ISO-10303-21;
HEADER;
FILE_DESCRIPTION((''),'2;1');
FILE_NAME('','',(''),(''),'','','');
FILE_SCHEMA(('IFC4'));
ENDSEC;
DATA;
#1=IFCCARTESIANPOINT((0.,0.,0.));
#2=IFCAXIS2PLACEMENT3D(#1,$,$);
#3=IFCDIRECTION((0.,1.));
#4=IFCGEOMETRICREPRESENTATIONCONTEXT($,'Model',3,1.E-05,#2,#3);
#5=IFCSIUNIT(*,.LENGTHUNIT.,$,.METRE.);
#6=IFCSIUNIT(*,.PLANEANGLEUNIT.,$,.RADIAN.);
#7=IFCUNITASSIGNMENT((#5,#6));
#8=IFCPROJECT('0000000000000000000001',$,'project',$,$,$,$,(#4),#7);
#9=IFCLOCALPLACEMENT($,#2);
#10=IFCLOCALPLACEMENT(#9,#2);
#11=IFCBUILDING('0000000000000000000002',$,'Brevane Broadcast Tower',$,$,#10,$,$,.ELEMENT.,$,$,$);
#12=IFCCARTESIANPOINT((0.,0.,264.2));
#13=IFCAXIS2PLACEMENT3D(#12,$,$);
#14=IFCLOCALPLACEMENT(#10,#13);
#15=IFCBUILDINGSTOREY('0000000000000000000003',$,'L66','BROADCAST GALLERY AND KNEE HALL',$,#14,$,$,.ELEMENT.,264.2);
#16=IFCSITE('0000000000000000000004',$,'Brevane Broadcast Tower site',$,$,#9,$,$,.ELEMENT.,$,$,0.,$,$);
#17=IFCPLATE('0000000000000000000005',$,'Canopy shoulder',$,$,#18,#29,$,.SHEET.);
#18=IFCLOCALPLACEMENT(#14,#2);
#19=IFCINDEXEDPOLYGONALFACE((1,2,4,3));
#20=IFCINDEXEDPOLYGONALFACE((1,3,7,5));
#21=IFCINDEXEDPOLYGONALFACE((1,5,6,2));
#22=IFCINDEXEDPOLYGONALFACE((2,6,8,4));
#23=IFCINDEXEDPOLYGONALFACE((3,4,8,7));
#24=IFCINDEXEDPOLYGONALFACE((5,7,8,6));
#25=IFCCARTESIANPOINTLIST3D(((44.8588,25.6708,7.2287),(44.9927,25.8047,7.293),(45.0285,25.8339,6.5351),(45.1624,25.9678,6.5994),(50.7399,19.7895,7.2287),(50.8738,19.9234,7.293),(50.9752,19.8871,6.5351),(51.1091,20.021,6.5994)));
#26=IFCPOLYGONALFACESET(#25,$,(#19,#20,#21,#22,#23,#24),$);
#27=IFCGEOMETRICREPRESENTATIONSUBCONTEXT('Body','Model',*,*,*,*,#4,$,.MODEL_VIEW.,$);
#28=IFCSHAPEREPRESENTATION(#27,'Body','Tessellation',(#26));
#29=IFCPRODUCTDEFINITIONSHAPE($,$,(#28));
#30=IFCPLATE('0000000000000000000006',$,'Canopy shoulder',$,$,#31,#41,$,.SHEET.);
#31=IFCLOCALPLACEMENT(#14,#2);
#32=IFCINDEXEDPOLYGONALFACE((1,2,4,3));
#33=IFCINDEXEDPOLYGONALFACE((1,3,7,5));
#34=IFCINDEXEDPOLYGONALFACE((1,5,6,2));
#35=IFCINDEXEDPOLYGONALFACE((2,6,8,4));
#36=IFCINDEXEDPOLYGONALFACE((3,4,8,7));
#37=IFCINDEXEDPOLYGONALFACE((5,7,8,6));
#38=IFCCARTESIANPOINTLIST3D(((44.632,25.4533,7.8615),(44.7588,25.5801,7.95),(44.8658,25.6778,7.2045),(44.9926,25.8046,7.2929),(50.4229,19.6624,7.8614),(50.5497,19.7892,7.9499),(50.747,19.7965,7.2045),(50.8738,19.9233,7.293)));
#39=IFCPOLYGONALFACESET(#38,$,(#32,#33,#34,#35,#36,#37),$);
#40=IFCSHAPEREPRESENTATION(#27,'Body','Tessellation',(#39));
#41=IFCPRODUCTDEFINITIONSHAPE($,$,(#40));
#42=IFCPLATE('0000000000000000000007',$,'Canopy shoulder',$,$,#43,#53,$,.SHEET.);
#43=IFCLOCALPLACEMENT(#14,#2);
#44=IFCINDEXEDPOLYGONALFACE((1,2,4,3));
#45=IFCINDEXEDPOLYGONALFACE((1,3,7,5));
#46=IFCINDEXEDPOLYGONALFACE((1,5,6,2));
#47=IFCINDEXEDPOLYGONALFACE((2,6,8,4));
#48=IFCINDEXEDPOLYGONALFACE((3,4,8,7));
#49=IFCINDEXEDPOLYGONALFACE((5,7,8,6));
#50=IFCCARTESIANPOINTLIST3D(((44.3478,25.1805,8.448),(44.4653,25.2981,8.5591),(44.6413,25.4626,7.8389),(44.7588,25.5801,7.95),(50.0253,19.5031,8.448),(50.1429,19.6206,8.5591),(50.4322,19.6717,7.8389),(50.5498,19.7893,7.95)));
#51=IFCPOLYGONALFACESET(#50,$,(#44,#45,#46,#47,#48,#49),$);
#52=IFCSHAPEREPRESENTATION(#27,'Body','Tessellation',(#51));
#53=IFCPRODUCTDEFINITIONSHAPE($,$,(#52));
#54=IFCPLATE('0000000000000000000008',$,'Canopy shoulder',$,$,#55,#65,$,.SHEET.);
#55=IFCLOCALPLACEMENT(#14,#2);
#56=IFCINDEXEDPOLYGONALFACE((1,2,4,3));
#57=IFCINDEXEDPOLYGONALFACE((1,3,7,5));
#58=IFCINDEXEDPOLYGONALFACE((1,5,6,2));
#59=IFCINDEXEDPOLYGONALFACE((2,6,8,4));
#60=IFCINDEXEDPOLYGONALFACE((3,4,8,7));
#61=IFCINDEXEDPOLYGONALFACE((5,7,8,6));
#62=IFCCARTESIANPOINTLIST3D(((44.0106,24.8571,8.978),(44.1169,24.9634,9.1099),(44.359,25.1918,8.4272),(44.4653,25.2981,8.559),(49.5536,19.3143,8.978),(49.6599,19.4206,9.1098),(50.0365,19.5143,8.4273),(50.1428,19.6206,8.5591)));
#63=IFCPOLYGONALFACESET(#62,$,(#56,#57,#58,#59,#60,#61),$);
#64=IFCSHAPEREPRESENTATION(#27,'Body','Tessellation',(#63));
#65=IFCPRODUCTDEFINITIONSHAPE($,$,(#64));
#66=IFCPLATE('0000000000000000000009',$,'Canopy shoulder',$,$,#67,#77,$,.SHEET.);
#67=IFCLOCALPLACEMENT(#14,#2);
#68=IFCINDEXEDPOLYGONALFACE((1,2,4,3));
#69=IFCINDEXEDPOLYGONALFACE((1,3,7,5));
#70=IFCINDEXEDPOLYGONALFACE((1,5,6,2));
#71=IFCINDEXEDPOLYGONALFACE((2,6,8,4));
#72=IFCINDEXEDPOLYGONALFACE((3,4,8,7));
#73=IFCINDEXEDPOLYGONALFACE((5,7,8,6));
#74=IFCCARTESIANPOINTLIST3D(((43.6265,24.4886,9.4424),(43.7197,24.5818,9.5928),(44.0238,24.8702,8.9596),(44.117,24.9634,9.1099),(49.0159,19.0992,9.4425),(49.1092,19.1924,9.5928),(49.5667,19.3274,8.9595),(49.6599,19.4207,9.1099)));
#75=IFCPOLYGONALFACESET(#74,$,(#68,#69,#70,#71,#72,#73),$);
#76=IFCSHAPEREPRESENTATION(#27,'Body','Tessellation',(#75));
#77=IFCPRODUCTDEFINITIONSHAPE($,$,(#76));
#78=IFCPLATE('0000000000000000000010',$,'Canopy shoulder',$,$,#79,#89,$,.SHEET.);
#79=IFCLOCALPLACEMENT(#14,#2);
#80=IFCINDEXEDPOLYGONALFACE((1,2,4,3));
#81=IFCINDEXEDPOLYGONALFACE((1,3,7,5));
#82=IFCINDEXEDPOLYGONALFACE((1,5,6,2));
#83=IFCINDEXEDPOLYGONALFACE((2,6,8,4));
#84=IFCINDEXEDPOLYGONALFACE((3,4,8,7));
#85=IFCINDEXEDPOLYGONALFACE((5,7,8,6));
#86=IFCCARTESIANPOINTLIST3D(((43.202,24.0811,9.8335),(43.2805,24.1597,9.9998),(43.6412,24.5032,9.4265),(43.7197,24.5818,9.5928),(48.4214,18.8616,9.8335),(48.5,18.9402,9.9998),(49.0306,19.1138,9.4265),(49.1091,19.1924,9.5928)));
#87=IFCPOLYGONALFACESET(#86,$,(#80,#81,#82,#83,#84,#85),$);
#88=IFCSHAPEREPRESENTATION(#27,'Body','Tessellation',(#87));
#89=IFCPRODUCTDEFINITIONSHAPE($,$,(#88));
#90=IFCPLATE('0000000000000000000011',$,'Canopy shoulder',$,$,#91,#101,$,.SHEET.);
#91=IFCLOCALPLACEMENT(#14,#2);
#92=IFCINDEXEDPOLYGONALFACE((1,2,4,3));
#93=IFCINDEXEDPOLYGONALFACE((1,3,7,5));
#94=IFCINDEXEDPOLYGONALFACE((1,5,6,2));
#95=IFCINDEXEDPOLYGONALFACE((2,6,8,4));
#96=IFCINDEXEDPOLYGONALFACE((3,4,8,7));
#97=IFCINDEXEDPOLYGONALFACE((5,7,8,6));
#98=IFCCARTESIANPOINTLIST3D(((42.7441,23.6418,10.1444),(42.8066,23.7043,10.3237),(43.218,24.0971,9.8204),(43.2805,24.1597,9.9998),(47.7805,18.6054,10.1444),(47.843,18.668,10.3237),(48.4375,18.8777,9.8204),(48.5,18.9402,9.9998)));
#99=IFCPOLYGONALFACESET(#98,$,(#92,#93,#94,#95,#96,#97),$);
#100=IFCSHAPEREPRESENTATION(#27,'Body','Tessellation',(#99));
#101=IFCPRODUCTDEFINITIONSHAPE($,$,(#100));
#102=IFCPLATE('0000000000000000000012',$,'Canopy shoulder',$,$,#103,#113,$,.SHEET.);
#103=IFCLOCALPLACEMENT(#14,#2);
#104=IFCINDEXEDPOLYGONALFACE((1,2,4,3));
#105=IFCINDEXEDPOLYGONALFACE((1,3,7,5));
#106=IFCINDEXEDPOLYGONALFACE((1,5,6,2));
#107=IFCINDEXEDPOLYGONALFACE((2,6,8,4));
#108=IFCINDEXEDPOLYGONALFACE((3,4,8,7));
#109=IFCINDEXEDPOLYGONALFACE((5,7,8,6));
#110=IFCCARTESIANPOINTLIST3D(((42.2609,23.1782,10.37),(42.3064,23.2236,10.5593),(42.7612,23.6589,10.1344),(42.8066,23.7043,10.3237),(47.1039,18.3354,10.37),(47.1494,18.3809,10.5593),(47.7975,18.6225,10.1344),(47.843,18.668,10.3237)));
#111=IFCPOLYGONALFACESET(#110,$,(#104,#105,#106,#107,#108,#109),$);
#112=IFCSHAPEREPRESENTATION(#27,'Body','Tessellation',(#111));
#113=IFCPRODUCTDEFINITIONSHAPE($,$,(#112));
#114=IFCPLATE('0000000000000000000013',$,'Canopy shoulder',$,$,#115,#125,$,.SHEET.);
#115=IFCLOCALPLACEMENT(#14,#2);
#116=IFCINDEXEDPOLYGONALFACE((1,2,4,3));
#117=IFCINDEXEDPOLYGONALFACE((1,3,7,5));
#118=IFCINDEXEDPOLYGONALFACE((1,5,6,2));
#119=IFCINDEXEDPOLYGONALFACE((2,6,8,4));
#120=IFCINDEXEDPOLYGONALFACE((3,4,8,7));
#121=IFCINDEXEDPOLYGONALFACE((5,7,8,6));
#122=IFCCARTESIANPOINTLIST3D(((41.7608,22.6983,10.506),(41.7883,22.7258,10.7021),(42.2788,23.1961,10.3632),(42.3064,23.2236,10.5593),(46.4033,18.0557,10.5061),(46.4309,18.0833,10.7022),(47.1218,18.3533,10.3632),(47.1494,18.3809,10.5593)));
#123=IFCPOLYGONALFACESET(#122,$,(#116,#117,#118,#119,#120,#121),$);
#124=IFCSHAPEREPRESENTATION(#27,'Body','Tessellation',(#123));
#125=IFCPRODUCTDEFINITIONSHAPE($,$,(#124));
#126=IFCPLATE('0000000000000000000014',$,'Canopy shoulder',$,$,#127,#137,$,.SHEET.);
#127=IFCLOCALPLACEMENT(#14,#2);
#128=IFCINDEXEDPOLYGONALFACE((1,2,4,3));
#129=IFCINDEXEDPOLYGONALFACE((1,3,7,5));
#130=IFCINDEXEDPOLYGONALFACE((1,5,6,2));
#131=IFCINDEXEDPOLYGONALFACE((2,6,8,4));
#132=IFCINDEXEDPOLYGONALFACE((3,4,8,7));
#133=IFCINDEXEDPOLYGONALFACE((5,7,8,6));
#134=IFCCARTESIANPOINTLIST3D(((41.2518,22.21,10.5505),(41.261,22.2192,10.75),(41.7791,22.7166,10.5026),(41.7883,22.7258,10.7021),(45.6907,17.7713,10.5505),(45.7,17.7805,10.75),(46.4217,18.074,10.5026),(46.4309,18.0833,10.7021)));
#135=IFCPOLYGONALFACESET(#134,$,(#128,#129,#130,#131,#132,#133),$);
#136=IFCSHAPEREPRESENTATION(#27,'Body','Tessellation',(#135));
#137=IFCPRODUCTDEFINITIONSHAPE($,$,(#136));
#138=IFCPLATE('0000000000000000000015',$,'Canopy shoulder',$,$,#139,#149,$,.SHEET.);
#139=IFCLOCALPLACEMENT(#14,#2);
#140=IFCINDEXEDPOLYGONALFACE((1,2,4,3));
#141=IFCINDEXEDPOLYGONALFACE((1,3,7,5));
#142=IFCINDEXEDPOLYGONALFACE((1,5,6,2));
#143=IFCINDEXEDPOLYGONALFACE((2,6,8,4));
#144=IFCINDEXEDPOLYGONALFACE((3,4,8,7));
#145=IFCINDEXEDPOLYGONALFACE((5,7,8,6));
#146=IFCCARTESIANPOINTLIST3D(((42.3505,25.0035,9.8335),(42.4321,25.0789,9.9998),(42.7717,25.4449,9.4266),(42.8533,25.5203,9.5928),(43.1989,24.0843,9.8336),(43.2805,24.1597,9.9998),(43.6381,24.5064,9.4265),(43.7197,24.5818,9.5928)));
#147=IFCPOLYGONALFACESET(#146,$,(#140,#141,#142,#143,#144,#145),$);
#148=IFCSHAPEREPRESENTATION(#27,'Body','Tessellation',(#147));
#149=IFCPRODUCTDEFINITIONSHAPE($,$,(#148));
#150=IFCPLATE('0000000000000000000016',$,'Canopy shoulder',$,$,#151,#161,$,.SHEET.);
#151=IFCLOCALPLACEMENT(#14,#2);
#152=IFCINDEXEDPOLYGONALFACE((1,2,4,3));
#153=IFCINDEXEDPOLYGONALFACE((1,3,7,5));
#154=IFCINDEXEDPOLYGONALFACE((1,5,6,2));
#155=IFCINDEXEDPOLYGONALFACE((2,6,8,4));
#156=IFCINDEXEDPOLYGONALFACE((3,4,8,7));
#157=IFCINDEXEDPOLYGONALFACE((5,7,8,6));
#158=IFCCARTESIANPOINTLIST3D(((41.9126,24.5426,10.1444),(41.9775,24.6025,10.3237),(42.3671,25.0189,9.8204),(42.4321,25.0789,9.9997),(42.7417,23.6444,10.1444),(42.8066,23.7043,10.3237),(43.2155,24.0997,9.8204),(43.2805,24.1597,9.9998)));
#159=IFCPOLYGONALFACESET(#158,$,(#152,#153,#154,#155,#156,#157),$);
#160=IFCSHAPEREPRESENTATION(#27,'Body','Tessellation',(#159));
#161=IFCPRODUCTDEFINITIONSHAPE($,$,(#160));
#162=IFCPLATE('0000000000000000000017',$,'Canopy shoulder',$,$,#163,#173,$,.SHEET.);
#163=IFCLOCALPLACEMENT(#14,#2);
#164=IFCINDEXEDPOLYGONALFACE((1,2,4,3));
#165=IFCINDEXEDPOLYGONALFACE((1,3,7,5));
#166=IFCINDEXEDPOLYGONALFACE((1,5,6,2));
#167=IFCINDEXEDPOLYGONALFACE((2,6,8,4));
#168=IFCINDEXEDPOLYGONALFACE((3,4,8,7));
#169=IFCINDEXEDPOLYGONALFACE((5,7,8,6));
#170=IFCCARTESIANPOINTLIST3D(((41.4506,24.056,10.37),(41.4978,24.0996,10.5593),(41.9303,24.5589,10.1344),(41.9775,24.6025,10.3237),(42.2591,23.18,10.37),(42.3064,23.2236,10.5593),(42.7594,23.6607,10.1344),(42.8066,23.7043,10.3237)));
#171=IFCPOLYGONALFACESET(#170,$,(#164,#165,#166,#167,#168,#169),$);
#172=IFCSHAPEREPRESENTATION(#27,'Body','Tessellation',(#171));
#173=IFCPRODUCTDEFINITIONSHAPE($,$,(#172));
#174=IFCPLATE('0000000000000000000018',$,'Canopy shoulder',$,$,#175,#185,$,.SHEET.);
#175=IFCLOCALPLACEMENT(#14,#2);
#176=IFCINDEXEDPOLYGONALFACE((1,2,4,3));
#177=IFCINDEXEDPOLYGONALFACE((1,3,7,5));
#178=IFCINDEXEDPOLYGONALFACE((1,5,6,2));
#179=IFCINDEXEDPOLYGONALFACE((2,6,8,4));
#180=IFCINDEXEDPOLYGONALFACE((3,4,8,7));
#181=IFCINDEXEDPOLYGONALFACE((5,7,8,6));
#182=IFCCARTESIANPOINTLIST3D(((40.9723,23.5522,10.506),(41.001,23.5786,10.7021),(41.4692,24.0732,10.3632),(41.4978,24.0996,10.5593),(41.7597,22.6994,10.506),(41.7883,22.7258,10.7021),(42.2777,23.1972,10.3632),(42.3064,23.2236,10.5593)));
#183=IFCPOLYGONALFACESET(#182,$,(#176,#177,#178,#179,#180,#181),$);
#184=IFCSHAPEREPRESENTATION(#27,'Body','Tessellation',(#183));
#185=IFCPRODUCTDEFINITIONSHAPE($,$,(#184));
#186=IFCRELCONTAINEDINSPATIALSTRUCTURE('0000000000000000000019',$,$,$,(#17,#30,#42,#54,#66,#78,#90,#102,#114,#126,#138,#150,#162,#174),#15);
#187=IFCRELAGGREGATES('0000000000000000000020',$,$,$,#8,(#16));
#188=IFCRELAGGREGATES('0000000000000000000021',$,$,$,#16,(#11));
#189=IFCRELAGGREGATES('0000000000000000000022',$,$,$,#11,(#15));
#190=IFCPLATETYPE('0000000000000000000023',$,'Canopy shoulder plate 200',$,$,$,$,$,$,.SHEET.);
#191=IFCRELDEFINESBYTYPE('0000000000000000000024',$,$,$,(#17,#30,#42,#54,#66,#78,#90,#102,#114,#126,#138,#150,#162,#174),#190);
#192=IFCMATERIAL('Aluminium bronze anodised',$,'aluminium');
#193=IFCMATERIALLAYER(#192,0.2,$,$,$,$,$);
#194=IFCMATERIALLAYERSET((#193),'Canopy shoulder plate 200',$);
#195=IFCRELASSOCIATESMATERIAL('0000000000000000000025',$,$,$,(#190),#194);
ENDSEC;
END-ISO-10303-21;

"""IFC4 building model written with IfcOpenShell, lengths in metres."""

from ifc_helpers import new_model, si_unit, direction, frame, origin, place, context, subcontext, project, spatial, polyline, outline, extrude, material, layer, layer_set, type_object, element, save


model = new_model("IFC4")

# Units and contexts
model_context = context("Model", 3, precision=1e-05, world=origin(), true_north=direction((0.0, 1.0)))
body_context = subcontext(model_context, "Body", "Model", "MODEL_VIEW")
ifc_project = project(units=[si_unit("LENGTHUNIT", "METRE"), si_unit("PLANEANGLEUNIT", "RADIAN")], contexts=[model_context])

# Site, building, storey
site_placement = place(None, origin())
site = spatial("IfcSite", under=ifc_project, at=site_placement, Name="Brevane Broadcast Tower site", CompositionType="ELEMENT", RefElevation=0.0)
building_placement = place(site_placement, origin())
building = spatial("IfcBuilding", under=site, at=building_placement, Name="Brevane Broadcast Tower", CompositionType="ELEMENT")
storey_placement = place(building_placement, frame((0.0, 0.0, 264.2)))
storey = spatial("IfcBuildingStorey", under=building, at=storey_placement, Name="L66", Description="BROADCAST GALLERY AND KNEE HALL", CompositionType="ELEMENT", Elevation=264.2)

# Plates
ifc_material_1 = material(Name="Aluminium bronze anodised", Category="aluminium")
ifc_layer_1 = layer(ifc_material_1, 0.2)
ifc_layer_set_1 = layer_set([ifc_layer_1], Name="Canopy shoulder plate 200")
plate_type_1 = type_object("IfcPlateType", Name="Canopy shoulder plate 200", PredefinedType="SHEET", material=ifc_layer_set_1)
plate_1_placement = place(storey_placement, frame((51.1091, 20.021, 6.5994), z_axis=(0.669605, 0.669592, 0.321366), x_axis=(-0.7071, 0.707113, 0.000003)))
element("IfcPlate", 1, at=plate_1_placement, inside=storey, type_object=plate_type_1, Name="Canopy shoulder", PredefinedType="SHEET", context=body_context, shape_type="SweptSolid", body=[
    extrude(outline(polyline([(0.0, 0.0), (8.41, 0.0), (8.4147, 0.7324), (0.0974, 0.7325), (0.0, 0.0)])), origin(), (0.0, 0.0, -1.0), 0.2),
])
plate_2_placement = place(storey_placement, frame((50.8738, 19.9233, 7.293), z_axis=(0.634167, 0.634167, 0.442338), x_axis=(-0.707104, 0.70711, -0.000008)))
element("IfcPlate", 2, at=plate_2_placement, inside=storey, type_object=plate_type_1, Name="Canopy shoulder", PredefinedType="SHEET", context=body_context, shape_type="SweptSolid", body=[
    extrude(outline(polyline([(0.0, 0.0), (8.3173, 0.0), (8.3239, 0.7326), (0.1343, 0.7325), (0.0, 0.0)])), origin(), (0.0, 0.0, -1.0), 0.2),
])
plate_3_placement = place(storey_placement, frame((50.5498, 19.7893, 7.95), z_axis=(0.587943, 0.587956, 0.555546), x_axis=(-0.707117, 0.707097, 0.000005)))
element("IfcPlate", 3, at=plate_3_placement, inside=storey, type_object=plate_type_1, Name="Canopy shoulder", PredefinedType="SHEET", context=body_context, shape_type="SweptSolid", body=[
    extrude(outline(polyline([(0.0, 0.0), (8.1896, 0.0), (8.1977, 0.7325), (0.1685, 0.7326), (0.0, 0.0)])), origin(), (0.0, 0.0, -1.0), 0.2),
])
plate_4_placement = place(storey_placement, frame((50.1428, 19.6206, 8.5591), z_axis=(0.531664, 0.531676, 0.659283), x_axis=(-0.707111, 0.707102, -0.000005)))
element("IfcPlate", 4, at=plate_4_placement, inside=storey, type_object=plate_type_1, Name="Canopy shoulder", PredefinedType="SHEET", context=body_context, shape_type="SweptSolid", body=[
    extrude(outline(polyline([(0.0, 0.0), (8.0292, 0.0), (8.0389, 0.7326), (0.2001, 0.7325), (0.0, 0.0)])), origin(), (0.0, 0.0, -1.0), 0.2),
])
plate_5_placement = place(storey_placement, frame((49.6599, 19.4207, 9.1099), z_axis=(0.466159, 0.46617, 0.751918), x_axis=(-0.707119, 0.707095, 0.000005)))
element("IfcPlate", 5, at=plate_5_placement, inside=storey, type_object=plate_type_1, Name="Canopy shoulder", PredefinedType="SHEET", context=body_context, shape_type="SweptSolid", body=[
    extrude(outline(polyline([(0.0, 0.0), (7.8388, 0.0), (7.8498, 0.7324), (0.2281, 0.7326), (0.0, 0.0)])), origin(), (0.0, 0.0, -1.0), 0.2),
])
plate_6_placement = place(storey_placement, frame((49.1091, 19.1924, 9.5928), z_axis=(0.392866, 0.392866, 0.831452), x_axis=(-0.707107, 0.707107, 0.0)))
element("IfcPlate", 6, at=plate_6_placement, inside=storey, type_object=plate_type_1, Name="Canopy shoulder", PredefinedType="SHEET", context=body_context, shape_type="SweptSolid", body=[
    extrude(outline(polyline([(0.0, 0.0), (7.6218, 0.0), (7.6339, 0.7325), (0.2524, 0.7325), (0.0, 0.0)])), origin(), (0.0, 0.0, -1.0), 0.2),
])
plate_7_placement = place(storey_placement, frame((48.5, 18.9402, 9.9998), z_axis=(0.312712, 0.312712, 0.896896), x_axis=(-0.707107, 0.707107, 0.0)))
element("IfcPlate", 7, at=plate_7_placement, inside=storey, type_object=plate_type_1, Name="Canopy shoulder", PredefinedType="SHEET", context=body_context, shape_type="SweptSolid", body=[
    extrude(outline(polyline([(0.0, 0.0), (7.3815, 0.0), (7.3946, 0.7326), (0.2721, 0.7326), (0.0, 0.0)])), origin(), (0.0, 0.0, -1.0), 0.2),
])
plate_8_placement = place(storey_placement, frame((47.843, 18.668, 10.3237), z_axis=(0.227433, 0.227439, 0.946861), x_axis=(-0.707108, 0.707106, -0.000004)))
element("IfcPlate", 8, at=plate_8_placement, inside=storey, type_object=plate_type_1, Name="Canopy shoulder", PredefinedType="SHEET", context=body_context, shape_type="SweptSolid", body=[
    extrude(outline(polyline([(0.0, 0.0), (7.1225, 0.0), (7.1363, 0.7326), (0.2874, 0.7324), (0.0, 0.0)])), origin(), (0.0, 0.0, -1.0), 0.2),
])
plate_9_placement = place(storey_placement, frame((47.1494, 18.3809, 10.5593), z_axis=(0.137875, 0.137878, 0.980806), x_axis=(-0.707124, 0.707089, 0.000002)))
element("IfcPlate", 9, at=plate_9_placement, inside=storey, type_object=plate_type_1, Name="Canopy shoulder", PredefinedType="SHEET", context=body_context, shape_type="SweptSolid", body=[
    extrude(outline(polyline([(0.0, 0.0), (6.8489, 0.0), (6.8632, 0.7324), (0.2976, 0.7326), (0.0, 0.0)])), origin(), (0.0, 0.0, -1.0), 0.2),
])
plate_10_placement = place(storey_placement, frame((46.4309, 18.0833, 10.7021), z_axis=(0.046187, 0.046188, 0.997864), x_axis=(-0.707107, 0.707107, -0.000001)))
element("IfcPlate", 10, at=plate_10_placement, inside=storey, type_object=plate_type_1, Name="Canopy shoulder", PredefinedType="SHEET", context=body_context, shape_type="SweptSolid", body=[
    extrude(outline(polyline([(0.0, 0.0), (6.5656, 0.0), (6.5803, 0.7327), (0.3028, 0.7325), (0.0, 0.0)])), origin(), (0.0, 0.0, -1.0), 0.2),
])
plate_11_placement = place(storey_placement, frame((43.7197, 24.5818, 9.5928), z_axis=(0.408292, 0.376901, 0.83141), x_axis=(-0.678334, 0.734753, 0.000035)))
element("IfcPlate", 11, at=plate_11_placement, inside=storey, type_object=plate_type_1, Name="Canopy shoulder", PredefinedType="SHEET", context=body_context, shape_type="SweptSolid", body=[
    extrude(outline(polyline([(0.0, 0.0), (1.2773, 0.0), (1.2387, 0.7324), (-0.0122, 0.7325), (0.0, 0.0)])), origin(), (0.0, 0.0, -1.0), 0.2),
])
plate_12_placement = place(storey_placement, frame((43.2805, 24.1597, 9.9998), z_axis=(0.324956, 0.299942, 0.896905), x_axis=(-0.678243, 0.734837, -0.000011)))
element("IfcPlate", 12, at=plate_12_placement, inside=storey, type_object=plate_type_1, Name="Canopy shoulder", PredefinedType="SHEET", context=body_context, shape_type="SweptSolid", body=[
    extrude(outline(polyline([(0.0, 0.0), (1.2509, 0.0), (1.2092, 0.7326), (-0.0132, 0.7326), (0.0, 0.0)])), origin(), (0.0, 0.0, -1.0), 0.2),
])
plate_13_placement = place(storey_placement, frame((42.8066, 23.7043, 10.3237), z_axis=(0.236318, 0.21814, 0.946873), x_axis=(-0.67828, 0.734803, 0.0)))
element("IfcPlate", 13, at=plate_13_placement, inside=storey, type_object=plate_type_1, Name="Canopy shoulder", PredefinedType="SHEET", context=body_context, shape_type="SweptSolid", body=[
    extrude(outline(polyline([(0.0, 0.0), (1.2224, 0.0), (1.1782, 0.7326), (-0.0139, 0.7326), (0.0, 0.0)])), origin(), (0.0, 0.0, -1.0), 0.2),
])
plate_14_placement = place(storey_placement, frame((42.3064, 23.2236, 10.5593), z_axis=(0.143274, 0.132267, 0.980805), x_axis=(-0.678282, 0.734802, -0.00001)))
element("IfcPlate", 14, at=plate_14_placement, inside=storey, type_object=plate_type_1, Name="Canopy shoulder", PredefinedType="SHEET", context=body_context, shape_type="SweptSolid", body=[
    extrude(outline(polyline([(0.0, 0.0), (1.1921, 0.0), (1.1463, 0.7325), (-0.0144, 0.7324), (0.0, 0.0)])), origin(), (0.0, 0.0, -1.0), 0.2),
])

save(model, "model.ifc")
